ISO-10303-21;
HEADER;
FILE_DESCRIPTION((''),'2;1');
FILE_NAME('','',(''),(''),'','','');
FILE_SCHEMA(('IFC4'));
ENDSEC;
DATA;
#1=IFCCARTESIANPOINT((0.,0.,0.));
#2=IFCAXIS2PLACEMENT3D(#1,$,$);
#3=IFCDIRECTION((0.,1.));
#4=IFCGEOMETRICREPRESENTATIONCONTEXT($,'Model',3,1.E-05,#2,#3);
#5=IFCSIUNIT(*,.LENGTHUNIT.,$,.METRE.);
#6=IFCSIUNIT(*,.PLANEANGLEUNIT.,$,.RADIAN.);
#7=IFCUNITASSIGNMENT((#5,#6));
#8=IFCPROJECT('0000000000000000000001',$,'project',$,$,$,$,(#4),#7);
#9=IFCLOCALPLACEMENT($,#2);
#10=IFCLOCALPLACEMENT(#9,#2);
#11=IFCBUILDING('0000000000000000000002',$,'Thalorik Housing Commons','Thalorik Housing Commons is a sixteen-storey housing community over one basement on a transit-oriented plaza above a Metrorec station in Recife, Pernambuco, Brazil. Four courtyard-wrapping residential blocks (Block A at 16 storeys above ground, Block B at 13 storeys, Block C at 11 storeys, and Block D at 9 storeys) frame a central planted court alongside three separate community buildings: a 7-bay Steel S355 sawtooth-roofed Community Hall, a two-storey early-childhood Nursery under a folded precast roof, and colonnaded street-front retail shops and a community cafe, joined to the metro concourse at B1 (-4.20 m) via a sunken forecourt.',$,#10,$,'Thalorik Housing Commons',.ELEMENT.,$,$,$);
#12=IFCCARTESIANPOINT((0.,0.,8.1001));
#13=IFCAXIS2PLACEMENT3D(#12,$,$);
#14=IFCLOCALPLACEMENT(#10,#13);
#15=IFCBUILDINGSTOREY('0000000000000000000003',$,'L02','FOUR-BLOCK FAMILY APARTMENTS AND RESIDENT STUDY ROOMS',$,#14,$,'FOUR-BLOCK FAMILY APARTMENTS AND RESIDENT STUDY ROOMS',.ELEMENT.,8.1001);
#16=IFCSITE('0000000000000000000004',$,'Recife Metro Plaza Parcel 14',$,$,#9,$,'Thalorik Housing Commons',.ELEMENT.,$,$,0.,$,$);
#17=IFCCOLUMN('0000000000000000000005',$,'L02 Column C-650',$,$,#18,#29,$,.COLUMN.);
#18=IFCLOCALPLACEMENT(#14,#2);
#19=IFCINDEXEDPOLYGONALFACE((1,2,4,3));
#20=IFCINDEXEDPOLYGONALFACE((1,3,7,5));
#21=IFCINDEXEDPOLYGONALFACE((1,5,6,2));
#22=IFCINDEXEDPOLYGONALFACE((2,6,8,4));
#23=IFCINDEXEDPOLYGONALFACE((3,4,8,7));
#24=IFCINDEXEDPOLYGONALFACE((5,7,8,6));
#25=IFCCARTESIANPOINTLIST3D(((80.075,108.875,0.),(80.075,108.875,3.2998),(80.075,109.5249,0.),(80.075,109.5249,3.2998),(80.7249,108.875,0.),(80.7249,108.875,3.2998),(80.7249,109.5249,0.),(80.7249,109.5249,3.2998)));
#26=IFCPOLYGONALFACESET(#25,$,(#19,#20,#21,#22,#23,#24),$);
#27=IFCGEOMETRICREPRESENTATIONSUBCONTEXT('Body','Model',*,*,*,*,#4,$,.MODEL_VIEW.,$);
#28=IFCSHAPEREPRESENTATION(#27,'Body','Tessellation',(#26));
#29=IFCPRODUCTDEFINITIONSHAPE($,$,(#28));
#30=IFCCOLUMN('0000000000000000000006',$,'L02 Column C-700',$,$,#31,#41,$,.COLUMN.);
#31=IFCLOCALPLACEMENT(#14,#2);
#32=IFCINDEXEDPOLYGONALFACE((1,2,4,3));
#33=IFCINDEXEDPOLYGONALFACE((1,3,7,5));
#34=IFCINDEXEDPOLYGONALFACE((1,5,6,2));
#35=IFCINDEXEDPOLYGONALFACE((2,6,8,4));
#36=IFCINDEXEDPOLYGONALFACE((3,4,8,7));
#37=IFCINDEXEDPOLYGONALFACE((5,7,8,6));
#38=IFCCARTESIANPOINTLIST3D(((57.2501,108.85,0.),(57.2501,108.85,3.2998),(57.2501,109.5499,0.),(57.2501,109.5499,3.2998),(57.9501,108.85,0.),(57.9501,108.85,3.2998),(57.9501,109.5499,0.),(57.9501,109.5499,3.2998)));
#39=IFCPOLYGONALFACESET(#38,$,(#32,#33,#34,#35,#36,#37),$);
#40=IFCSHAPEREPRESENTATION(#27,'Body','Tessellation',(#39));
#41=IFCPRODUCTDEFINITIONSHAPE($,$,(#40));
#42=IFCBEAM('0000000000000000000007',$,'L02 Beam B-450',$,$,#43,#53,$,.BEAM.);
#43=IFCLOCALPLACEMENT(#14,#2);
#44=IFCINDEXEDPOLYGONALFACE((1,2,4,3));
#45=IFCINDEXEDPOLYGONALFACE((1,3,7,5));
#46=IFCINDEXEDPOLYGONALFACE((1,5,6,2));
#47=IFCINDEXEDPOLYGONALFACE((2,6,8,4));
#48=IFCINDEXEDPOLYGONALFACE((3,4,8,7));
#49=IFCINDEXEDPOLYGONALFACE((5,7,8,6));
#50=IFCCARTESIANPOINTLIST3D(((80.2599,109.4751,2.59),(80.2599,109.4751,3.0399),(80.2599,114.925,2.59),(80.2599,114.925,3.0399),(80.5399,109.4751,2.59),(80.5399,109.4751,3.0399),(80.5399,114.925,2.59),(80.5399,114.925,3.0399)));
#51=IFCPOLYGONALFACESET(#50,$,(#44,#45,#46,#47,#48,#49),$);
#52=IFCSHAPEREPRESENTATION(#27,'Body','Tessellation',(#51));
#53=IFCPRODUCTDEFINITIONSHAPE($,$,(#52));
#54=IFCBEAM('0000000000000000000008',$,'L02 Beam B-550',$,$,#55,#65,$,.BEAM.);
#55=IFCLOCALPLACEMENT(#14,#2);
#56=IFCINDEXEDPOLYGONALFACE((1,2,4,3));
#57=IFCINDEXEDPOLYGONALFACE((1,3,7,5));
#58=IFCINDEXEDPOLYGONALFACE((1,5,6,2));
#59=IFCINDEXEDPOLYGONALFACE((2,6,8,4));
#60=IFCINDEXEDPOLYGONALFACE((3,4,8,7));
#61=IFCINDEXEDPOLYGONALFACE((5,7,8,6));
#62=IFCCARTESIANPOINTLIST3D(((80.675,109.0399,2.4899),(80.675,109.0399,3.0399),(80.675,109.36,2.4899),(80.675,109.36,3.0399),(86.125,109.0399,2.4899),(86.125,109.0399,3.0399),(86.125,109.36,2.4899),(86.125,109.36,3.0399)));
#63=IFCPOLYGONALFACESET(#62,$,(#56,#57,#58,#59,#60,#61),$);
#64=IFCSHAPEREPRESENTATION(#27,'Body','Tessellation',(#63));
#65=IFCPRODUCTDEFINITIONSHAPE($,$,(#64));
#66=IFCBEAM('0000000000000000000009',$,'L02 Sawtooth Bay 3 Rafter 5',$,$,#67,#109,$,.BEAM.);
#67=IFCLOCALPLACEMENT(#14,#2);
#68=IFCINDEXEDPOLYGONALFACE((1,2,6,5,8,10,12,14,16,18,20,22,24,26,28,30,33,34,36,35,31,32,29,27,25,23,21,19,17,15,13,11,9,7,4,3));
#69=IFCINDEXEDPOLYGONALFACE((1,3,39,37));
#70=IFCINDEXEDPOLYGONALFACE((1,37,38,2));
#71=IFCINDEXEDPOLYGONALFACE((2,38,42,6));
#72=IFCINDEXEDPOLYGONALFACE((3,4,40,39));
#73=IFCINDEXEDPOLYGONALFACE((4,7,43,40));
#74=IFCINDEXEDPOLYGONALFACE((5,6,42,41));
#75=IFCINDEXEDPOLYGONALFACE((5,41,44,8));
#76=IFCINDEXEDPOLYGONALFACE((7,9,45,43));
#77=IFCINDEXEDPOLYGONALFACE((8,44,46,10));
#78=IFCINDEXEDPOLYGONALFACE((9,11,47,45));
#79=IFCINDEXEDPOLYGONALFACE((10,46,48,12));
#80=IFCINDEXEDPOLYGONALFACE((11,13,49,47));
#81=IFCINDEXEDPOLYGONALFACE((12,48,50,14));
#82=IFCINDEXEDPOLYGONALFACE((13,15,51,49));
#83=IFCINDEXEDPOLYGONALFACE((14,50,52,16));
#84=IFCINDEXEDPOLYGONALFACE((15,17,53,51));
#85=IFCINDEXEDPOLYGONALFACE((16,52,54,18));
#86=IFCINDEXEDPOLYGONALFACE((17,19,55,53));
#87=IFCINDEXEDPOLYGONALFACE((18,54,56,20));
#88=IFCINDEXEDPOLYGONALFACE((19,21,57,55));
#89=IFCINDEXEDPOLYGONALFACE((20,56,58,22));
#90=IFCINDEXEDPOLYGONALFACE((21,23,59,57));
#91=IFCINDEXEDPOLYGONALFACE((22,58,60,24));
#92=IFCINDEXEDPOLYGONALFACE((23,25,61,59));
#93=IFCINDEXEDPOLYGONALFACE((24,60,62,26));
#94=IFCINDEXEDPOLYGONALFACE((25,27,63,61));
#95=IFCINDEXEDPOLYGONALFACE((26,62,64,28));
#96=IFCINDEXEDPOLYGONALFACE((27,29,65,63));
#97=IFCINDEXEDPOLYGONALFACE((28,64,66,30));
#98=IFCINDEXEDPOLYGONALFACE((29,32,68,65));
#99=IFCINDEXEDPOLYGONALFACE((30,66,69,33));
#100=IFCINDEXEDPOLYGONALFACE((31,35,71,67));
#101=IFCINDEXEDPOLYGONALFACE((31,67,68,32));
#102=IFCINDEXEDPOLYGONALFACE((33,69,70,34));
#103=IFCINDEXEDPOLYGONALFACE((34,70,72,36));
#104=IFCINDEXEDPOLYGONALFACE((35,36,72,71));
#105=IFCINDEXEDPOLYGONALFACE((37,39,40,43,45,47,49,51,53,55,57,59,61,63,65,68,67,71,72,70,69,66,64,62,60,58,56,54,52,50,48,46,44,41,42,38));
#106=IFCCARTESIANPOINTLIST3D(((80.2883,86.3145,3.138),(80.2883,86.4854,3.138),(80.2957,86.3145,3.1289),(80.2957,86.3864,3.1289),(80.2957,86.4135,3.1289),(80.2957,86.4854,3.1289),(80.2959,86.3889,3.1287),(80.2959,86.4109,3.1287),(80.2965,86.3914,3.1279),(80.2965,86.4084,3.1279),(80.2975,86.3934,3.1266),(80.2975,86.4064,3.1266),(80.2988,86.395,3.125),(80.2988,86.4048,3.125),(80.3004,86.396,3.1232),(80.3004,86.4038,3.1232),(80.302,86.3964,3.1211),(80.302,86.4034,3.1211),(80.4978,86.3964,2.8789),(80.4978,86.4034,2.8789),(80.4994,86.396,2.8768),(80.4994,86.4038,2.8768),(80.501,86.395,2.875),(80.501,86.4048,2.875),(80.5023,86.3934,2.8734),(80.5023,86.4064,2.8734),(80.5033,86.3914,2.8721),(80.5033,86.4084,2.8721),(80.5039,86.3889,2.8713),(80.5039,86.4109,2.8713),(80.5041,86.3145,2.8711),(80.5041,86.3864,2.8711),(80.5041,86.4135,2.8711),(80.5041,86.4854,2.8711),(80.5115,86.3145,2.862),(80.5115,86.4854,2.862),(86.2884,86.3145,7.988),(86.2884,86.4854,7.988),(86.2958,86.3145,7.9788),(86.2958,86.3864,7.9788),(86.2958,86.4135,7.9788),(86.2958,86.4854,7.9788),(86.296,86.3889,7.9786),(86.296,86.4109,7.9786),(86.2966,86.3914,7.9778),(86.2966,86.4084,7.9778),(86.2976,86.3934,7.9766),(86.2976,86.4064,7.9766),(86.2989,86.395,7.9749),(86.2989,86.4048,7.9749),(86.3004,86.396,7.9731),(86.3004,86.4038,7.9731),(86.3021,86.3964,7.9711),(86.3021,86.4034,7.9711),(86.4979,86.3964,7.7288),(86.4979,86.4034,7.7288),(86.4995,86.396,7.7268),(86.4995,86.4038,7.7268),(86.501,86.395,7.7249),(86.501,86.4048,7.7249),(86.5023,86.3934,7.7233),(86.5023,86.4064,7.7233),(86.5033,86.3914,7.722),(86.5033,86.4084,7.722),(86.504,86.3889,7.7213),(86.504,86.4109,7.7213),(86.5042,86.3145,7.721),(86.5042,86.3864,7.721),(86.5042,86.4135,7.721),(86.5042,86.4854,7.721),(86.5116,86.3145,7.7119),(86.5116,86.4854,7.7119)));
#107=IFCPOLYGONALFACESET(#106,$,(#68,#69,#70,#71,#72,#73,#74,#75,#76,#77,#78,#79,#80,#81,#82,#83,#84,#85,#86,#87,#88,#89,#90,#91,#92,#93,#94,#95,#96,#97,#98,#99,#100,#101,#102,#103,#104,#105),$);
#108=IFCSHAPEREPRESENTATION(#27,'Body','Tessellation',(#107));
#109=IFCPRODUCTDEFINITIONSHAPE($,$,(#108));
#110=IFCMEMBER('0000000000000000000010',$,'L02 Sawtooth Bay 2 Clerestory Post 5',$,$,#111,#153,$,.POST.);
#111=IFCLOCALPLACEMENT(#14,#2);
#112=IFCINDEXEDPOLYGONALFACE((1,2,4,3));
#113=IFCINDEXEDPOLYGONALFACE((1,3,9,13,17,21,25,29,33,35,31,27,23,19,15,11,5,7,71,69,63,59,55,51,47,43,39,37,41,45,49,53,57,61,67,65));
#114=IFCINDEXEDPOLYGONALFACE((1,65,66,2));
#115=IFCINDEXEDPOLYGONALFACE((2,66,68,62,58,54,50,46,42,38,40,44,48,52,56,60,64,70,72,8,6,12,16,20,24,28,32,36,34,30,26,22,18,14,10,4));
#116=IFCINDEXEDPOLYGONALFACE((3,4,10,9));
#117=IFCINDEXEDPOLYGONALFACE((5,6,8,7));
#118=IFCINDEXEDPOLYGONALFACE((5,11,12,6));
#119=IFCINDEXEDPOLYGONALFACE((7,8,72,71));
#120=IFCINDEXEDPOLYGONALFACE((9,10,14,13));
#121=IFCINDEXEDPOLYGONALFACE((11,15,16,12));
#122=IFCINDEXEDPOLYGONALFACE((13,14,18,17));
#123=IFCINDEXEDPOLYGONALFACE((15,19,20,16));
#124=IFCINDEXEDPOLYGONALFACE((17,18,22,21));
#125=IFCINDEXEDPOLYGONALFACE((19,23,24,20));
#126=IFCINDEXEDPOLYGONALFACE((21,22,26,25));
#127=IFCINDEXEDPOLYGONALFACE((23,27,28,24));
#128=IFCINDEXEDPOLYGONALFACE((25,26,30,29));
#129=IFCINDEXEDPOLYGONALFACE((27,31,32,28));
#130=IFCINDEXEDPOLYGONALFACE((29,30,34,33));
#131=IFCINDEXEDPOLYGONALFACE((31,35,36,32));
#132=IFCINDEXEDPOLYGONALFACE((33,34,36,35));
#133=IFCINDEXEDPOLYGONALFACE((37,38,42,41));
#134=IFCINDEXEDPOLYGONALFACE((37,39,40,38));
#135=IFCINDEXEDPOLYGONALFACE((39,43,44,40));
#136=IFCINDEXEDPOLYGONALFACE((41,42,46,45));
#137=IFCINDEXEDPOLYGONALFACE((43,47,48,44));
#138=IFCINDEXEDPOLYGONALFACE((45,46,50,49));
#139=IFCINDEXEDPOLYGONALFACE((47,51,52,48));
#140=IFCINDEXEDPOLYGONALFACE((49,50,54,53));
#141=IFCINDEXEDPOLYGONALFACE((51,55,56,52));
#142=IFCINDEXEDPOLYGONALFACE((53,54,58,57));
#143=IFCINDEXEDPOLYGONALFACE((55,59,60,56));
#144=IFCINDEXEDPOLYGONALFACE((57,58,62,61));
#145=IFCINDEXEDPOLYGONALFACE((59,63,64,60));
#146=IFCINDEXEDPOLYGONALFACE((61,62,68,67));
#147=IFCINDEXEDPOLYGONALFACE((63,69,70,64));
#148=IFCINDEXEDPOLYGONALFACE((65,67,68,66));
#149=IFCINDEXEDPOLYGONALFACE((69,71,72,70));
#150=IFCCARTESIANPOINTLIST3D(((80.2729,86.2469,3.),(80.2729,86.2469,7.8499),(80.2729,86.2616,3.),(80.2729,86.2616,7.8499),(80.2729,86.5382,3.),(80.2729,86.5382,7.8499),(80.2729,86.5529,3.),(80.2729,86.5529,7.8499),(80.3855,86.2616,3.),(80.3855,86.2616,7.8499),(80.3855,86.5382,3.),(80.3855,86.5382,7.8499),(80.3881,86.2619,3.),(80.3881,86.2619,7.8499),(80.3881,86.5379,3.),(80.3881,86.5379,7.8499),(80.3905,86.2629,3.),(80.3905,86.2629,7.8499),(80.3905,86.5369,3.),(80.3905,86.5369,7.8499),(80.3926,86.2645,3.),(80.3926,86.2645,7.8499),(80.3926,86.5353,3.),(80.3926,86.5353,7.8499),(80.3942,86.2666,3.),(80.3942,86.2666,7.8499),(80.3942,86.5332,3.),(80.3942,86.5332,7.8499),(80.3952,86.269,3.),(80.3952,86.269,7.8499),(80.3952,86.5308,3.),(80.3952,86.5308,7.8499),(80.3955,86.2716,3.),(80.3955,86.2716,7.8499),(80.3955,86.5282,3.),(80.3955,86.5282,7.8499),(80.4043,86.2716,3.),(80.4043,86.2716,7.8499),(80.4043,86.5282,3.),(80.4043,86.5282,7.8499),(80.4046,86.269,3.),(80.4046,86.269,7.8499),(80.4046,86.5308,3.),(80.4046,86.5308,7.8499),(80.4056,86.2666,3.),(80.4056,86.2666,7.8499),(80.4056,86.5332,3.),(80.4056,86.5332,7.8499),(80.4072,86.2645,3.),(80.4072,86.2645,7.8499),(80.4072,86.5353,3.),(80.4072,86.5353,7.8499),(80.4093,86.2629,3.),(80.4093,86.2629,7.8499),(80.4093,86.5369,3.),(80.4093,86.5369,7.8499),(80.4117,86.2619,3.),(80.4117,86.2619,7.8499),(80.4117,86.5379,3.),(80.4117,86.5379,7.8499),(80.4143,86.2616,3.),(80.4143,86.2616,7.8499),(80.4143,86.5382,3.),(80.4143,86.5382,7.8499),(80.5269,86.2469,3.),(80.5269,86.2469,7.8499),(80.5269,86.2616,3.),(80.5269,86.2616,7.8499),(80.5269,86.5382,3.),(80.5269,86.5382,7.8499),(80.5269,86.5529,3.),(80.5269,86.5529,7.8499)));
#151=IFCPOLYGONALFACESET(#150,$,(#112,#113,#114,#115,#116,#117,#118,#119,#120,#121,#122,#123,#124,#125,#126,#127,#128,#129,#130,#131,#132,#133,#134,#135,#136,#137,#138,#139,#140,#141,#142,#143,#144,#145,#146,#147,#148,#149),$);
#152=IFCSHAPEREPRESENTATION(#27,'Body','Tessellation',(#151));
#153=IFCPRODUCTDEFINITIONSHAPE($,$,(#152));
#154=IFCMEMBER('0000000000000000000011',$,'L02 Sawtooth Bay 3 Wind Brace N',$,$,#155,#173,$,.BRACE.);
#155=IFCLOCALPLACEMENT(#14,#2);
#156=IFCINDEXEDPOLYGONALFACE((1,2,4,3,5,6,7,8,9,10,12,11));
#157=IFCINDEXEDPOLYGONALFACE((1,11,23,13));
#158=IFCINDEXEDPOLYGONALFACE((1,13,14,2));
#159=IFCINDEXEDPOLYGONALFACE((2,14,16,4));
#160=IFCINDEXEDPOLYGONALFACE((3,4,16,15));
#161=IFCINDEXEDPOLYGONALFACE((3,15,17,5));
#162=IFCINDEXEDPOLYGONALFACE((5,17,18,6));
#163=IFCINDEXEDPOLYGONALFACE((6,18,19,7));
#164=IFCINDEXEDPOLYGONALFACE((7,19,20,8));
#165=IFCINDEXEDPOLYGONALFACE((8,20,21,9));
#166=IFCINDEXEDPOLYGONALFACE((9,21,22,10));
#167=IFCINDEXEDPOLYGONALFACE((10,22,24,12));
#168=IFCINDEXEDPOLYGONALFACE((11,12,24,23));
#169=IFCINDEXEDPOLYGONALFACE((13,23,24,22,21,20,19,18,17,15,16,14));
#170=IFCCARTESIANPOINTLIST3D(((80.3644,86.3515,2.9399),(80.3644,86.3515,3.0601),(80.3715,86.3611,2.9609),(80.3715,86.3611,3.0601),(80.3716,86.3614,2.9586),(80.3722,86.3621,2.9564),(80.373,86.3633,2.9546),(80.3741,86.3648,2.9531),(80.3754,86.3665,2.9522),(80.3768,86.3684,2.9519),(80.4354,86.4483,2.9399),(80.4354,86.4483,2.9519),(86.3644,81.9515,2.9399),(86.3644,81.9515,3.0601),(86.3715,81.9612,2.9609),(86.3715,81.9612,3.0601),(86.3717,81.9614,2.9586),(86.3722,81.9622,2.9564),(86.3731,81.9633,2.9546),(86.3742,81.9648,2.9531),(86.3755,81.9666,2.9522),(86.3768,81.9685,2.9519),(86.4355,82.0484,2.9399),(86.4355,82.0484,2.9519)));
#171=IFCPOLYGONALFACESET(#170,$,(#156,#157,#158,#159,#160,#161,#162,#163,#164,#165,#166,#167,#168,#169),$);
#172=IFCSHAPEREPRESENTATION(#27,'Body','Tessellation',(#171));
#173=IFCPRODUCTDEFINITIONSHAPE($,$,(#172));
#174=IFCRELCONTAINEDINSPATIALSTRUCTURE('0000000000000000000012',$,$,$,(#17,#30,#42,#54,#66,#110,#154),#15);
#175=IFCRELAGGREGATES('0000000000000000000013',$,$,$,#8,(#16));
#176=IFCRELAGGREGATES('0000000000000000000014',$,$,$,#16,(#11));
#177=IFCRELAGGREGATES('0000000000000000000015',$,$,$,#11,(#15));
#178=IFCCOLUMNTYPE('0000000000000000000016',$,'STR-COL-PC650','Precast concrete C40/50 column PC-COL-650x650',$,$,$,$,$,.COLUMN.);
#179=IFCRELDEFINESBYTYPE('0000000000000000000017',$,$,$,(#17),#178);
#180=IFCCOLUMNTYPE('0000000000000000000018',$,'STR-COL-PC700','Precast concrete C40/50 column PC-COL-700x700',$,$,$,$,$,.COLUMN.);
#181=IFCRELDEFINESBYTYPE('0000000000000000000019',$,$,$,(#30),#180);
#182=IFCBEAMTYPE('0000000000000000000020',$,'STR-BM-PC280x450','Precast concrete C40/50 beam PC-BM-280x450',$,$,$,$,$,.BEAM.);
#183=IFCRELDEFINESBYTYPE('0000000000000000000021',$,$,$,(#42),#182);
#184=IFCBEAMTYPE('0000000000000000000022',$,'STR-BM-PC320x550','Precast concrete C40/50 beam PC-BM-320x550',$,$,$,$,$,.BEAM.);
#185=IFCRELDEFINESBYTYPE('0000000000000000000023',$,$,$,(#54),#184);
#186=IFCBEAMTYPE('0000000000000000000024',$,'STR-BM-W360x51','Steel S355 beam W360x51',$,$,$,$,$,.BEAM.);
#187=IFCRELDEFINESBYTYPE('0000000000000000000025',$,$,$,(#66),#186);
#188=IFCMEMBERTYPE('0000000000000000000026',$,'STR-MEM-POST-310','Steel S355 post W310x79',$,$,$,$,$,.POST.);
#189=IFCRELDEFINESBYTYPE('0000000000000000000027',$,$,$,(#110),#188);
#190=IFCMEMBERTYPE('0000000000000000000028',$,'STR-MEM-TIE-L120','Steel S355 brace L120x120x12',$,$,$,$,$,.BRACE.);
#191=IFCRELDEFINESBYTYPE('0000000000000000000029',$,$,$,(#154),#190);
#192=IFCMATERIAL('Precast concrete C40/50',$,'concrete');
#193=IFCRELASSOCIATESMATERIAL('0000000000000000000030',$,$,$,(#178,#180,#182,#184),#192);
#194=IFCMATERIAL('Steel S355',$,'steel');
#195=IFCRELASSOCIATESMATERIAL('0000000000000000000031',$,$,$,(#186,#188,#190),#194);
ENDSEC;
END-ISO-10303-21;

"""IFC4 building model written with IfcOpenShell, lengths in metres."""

from ifc_helpers import new_model, si_unit, direction, frame, origin, origin_2d, place, context, subcontext, project, spatial, rectangle, i_section, l_section, extrude, material, material_profile, profile_set, type_object, element, save


model = new_model("IFC4")

# Units and contexts
model_context = context("Model", 3, precision=1e-05, world=origin(), true_north=direction((0.0, 1.0)))
body_context = subcontext(model_context, "Body", "Model", "MODEL_VIEW")
ifc_project = project(units=[si_unit("LENGTHUNIT", "METRE"), si_unit("PLANEANGLEUNIT", "RADIAN")], contexts=[model_context])

# Site, building, storey
site_placement = place(None, origin())
site = spatial("IfcSite", under=ifc_project, at=site_placement, Name="Recife Metro Plaza Parcel 14", LongName="Thalorik Housing Commons", CompositionType="ELEMENT", RefElevation=0.0)
building_placement = place(site_placement, origin())
building = spatial("IfcBuilding", under=site, at=building_placement, Name="Thalorik Housing Commons", Description="Thalorik Housing Commons is a sixteen-storey housing community over one basement on a transit-oriented plaza above a Metrorec station in Recife, Pernambuco, Brazil. Four courtyard-wrapping residential blocks (Block A at 16 storeys above ground, Block B at 13 storeys, Block C at 11 storeys, and Block D at 9 storeys) frame a central planted court alongside three separate community buildings: a 7-bay Steel S355 sawtooth-roofed Community Hall, a two-storey early-childhood Nursery under a folded precast roof, and colonnaded street-front retail shops and a community cafe, joined to the metro concourse at B1 (-4.20 m) via a sunken forecourt.", LongName="Thalorik Housing Commons", CompositionType="ELEMENT")
storey_placement = place(building_placement, frame((0.0, 0.0, 8.1001)))
storey = spatial("IfcBuildingStorey", under=building, at=storey_placement, Name="L02", Description="FOUR-BLOCK FAMILY APARTMENTS AND RESIDENT STUDY ROOMS", LongName="FOUR-BLOCK FAMILY APARTMENTS AND RESIDENT STUDY ROOMS", CompositionType="ELEMENT", Elevation=8.1001)

# Columns
ifc_material_1 = material(Name="Precast concrete C40/50", Category="concrete")
ifc_material_profile_1 = material_profile(ifc_material_1, rectangle(XDim=0.6499, YDim=0.6499, at=origin_2d()), Name="PC 650x650", Category="concrete")
ifc_profile_set_1 = profile_set([ifc_material_profile_1], Name="Precast concrete C40/50")
column_type_1 = type_object("IfcColumnType", Name="STR-COL-PC650", Description="Precast concrete C40/50 column PC-COL-650x650", PredefinedType="COLUMN", material=ifc_profile_set_1)
column_1_placement = place(storey_placement, frame((80.3999, 109.2, 0.0), z_axis=(0.0, 0.0, 1.0), x_axis=(1.0, 0.0, 0.0)))
element("IfcColumn", 1, at=column_1_placement, inside=storey, type_object=column_type_1, Name="L02 Column C-650", PredefinedType="COLUMN", context=body_context, shape_type="SweptSolid", body=[
    extrude(rectangle(XDim=0.6499, YDim=0.6499, at=origin_2d()), origin(), (0.0, 0.0, 1.0), 3.2998),
])
ifc_material_profile_2 = material_profile(ifc_material_1, rectangle(XDim=0.7, YDim=0.7, at=origin_2d()), Name="PC 700x700", Category="concrete")
ifc_profile_set_2 = profile_set([ifc_material_profile_2], Name="Precast concrete C40/50")
column_type_2 = type_object("IfcColumnType", Name="STR-COL-PC700", Description="Precast concrete C40/50 column PC-COL-700x700", PredefinedType="COLUMN", material=ifc_profile_set_2)
column_2_placement = place(storey_placement, frame((57.6001, 109.2, 0.0), z_axis=(0.0, 0.0, 1.0), x_axis=(1.0, 0.0, 0.0)))
element("IfcColumn", 2, at=column_2_placement, inside=storey, type_object=column_type_2, Name="L02 Column C-700", PredefinedType="COLUMN", context=body_context, shape_type="SweptSolid", body=[
    extrude(rectangle(XDim=0.7, YDim=0.7, at=origin_2d()), origin(), (0.0, 0.0, 1.0), 3.2998),
])

# Beams
ifc_material_profile_3 = material_profile(ifc_material_1, rectangle(XDim=0.28, YDim=0.45, at=origin_2d()), Name="PC 280x450", Category="concrete")
ifc_profile_set_3 = profile_set([ifc_material_profile_3], Name="Precast concrete C40/50")
beam_type_1 = type_object("IfcBeamType", Name="STR-BM-PC280x450", Description="Precast concrete C40/50 beam PC-BM-280x450", PredefinedType="BEAM", material=ifc_profile_set_3)
beam_1_placement = place(storey_placement, frame((80.3999, 109.4751, 2.8149), z_axis=(0.0, 1.0, 0.0), x_axis=(-1.0, 0.0, 0.0)))
element("IfcBeam", 3, at=beam_1_placement, inside=storey, type_object=beam_type_1, Name="L02 Beam B-450", PredefinedType="BEAM", context=body_context, shape_type="SweptSolid", body=[
    extrude(rectangle(XDim=0.28, YDim=0.45, at=origin_2d()), origin(), (0.0, 0.0, 1.0), 5.45),
])
ifc_material_profile_4 = material_profile(ifc_material_1, rectangle(XDim=0.3201, YDim=0.55, at=origin_2d()), Name="PC 320x550", Category="concrete")
ifc_profile_set_4 = profile_set([ifc_material_profile_4], Name="Precast concrete C40/50")
beam_type_2 = type_object("IfcBeamType", Name="STR-BM-PC320x550", Description="Precast concrete C40/50 beam PC-BM-320x550", PredefinedType="BEAM", material=ifc_profile_set_4)
beam_2_placement = place(storey_placement, frame((80.675, 109.2, 2.7649), z_axis=(1.0, 0.0, 0.0), x_axis=(0.0, 1.0, 0.0)))
element("IfcBeam", 4, at=beam_2_placement, inside=storey, type_object=beam_type_2, Name="L02 Beam B-550", PredefinedType="BEAM", context=body_context, shape_type="SweptSolid", body=[
    extrude(rectangle(XDim=0.3201, YDim=0.55, at=origin_2d()), origin(), (0.0, 0.0, 1.0), 5.45),
])
ifc_material_2 = material(Name="Steel S355", Category="steel")
ifc_material_profile_5 = material_profile(ifc_material_2, i_section(OverallWidth=0.1709, OverallDepth=0.355, WebThickness=0.0071, FlangeThickness=0.0117, FilletRadius=0.01, at=origin_2d()), Name="W360x51", Category="steel")
ifc_profile_set_5 = profile_set([ifc_material_profile_5], Name="Steel S355")
beam_type_3 = type_object("IfcBeamType", Name="STR-BM-W360x51", Description="Steel S355 beam W360x51", PredefinedType="BEAM", material=ifc_profile_set_5)
beam_3_placement = place(storey_placement, frame((80.3999, 86.3999, 3.0), z_axis=(0.777707, 0.0, 0.628627), x_axis=(0.0, 1.0, 0.0)))
element("IfcBeam", 5, at=beam_3_placement, inside=storey, type_object=beam_type_3, Name="L02 Sawtooth Bay 3 Rafter 5", PredefinedType="BEAM", context=body_context, shape_type="SweptSolid", body=[
    extrude(i_section(OverallWidth=0.1709, OverallDepth=0.355, WebThickness=0.0071, FlangeThickness=0.0117, FilletRadius=0.01, at=origin_2d()), origin(), (0.0, 0.0, 1.0), 7.7151),
])

# Members
ifc_material_profile_6 = material_profile(ifc_material_2, i_section(OverallWidth=0.2539, OverallDepth=0.3059, WebThickness=0.0088, FlangeThickness=0.0146, FilletRadius=0.01, at=origin_2d()), Name="W310x79", Category="steel")
ifc_profile_set_6 = profile_set([ifc_material_profile_6], Name="Steel S355")
member_type_1 = type_object("IfcMemberType", Name="STR-MEM-POST-310", Description="Steel S355 post W310x79", PredefinedType="POST", material=ifc_profile_set_6)
member_1_placement = place(storey_placement, frame((80.3999, 86.3999, 3.0), z_axis=(0.0, 0.0, 1.0), x_axis=(1.0, 0.0, 0.0)))
element("IfcMember", 6, at=member_1_placement, inside=storey, type_object=member_type_1, Name="L02 Sawtooth Bay 2 Clerestory Post 5", PredefinedType="POST", context=body_context, shape_type="SweptSolid", body=[
    extrude(i_section(OverallWidth=0.2539, OverallDepth=0.3059, WebThickness=0.0088, FlangeThickness=0.0146, FilletRadius=0.01, at=origin_2d()), origin(), (0.0, 0.0, 1.0), 4.8499),
])
ifc_material_profile_7 = material_profile(ifc_material_2, l_section(Depth=0.1201, Width=0.1201, Thickness=0.012, FilletRadius=0.009, at=origin_2d()), Name="L120x120x12", Category="steel")
ifc_profile_set_7 = profile_set([ifc_material_profile_7], Name="Steel S355")
member_type_2 = type_object("IfcMemberType", Name="STR-MEM-TIE-L120", Description="Steel S355 brace L120x120x12", PredefinedType="BRACE", material=ifc_profile_set_7)
member_2_placement = place(storey_placement, frame((80.3999, 86.3999, 3.0), z_axis=(0.806411, -0.591355, 0.0), x_axis=(0.591355, 0.806411, 0.0)))
element("IfcMember", 7, at=member_2_placement, inside=storey, type_object=member_type_2, Name="L02 Sawtooth Bay 3 Wind Brace N", PredefinedType="BRACE", context=body_context, shape_type="SweptSolid", body=[
    extrude(l_section(Depth=0.1201, Width=0.1201, Thickness=0.012, FilletRadius=0.009, at=origin_2d()), origin(), (0.0, 0.0, 1.0), 7.4404),
])

save(model, "model.ifc")
